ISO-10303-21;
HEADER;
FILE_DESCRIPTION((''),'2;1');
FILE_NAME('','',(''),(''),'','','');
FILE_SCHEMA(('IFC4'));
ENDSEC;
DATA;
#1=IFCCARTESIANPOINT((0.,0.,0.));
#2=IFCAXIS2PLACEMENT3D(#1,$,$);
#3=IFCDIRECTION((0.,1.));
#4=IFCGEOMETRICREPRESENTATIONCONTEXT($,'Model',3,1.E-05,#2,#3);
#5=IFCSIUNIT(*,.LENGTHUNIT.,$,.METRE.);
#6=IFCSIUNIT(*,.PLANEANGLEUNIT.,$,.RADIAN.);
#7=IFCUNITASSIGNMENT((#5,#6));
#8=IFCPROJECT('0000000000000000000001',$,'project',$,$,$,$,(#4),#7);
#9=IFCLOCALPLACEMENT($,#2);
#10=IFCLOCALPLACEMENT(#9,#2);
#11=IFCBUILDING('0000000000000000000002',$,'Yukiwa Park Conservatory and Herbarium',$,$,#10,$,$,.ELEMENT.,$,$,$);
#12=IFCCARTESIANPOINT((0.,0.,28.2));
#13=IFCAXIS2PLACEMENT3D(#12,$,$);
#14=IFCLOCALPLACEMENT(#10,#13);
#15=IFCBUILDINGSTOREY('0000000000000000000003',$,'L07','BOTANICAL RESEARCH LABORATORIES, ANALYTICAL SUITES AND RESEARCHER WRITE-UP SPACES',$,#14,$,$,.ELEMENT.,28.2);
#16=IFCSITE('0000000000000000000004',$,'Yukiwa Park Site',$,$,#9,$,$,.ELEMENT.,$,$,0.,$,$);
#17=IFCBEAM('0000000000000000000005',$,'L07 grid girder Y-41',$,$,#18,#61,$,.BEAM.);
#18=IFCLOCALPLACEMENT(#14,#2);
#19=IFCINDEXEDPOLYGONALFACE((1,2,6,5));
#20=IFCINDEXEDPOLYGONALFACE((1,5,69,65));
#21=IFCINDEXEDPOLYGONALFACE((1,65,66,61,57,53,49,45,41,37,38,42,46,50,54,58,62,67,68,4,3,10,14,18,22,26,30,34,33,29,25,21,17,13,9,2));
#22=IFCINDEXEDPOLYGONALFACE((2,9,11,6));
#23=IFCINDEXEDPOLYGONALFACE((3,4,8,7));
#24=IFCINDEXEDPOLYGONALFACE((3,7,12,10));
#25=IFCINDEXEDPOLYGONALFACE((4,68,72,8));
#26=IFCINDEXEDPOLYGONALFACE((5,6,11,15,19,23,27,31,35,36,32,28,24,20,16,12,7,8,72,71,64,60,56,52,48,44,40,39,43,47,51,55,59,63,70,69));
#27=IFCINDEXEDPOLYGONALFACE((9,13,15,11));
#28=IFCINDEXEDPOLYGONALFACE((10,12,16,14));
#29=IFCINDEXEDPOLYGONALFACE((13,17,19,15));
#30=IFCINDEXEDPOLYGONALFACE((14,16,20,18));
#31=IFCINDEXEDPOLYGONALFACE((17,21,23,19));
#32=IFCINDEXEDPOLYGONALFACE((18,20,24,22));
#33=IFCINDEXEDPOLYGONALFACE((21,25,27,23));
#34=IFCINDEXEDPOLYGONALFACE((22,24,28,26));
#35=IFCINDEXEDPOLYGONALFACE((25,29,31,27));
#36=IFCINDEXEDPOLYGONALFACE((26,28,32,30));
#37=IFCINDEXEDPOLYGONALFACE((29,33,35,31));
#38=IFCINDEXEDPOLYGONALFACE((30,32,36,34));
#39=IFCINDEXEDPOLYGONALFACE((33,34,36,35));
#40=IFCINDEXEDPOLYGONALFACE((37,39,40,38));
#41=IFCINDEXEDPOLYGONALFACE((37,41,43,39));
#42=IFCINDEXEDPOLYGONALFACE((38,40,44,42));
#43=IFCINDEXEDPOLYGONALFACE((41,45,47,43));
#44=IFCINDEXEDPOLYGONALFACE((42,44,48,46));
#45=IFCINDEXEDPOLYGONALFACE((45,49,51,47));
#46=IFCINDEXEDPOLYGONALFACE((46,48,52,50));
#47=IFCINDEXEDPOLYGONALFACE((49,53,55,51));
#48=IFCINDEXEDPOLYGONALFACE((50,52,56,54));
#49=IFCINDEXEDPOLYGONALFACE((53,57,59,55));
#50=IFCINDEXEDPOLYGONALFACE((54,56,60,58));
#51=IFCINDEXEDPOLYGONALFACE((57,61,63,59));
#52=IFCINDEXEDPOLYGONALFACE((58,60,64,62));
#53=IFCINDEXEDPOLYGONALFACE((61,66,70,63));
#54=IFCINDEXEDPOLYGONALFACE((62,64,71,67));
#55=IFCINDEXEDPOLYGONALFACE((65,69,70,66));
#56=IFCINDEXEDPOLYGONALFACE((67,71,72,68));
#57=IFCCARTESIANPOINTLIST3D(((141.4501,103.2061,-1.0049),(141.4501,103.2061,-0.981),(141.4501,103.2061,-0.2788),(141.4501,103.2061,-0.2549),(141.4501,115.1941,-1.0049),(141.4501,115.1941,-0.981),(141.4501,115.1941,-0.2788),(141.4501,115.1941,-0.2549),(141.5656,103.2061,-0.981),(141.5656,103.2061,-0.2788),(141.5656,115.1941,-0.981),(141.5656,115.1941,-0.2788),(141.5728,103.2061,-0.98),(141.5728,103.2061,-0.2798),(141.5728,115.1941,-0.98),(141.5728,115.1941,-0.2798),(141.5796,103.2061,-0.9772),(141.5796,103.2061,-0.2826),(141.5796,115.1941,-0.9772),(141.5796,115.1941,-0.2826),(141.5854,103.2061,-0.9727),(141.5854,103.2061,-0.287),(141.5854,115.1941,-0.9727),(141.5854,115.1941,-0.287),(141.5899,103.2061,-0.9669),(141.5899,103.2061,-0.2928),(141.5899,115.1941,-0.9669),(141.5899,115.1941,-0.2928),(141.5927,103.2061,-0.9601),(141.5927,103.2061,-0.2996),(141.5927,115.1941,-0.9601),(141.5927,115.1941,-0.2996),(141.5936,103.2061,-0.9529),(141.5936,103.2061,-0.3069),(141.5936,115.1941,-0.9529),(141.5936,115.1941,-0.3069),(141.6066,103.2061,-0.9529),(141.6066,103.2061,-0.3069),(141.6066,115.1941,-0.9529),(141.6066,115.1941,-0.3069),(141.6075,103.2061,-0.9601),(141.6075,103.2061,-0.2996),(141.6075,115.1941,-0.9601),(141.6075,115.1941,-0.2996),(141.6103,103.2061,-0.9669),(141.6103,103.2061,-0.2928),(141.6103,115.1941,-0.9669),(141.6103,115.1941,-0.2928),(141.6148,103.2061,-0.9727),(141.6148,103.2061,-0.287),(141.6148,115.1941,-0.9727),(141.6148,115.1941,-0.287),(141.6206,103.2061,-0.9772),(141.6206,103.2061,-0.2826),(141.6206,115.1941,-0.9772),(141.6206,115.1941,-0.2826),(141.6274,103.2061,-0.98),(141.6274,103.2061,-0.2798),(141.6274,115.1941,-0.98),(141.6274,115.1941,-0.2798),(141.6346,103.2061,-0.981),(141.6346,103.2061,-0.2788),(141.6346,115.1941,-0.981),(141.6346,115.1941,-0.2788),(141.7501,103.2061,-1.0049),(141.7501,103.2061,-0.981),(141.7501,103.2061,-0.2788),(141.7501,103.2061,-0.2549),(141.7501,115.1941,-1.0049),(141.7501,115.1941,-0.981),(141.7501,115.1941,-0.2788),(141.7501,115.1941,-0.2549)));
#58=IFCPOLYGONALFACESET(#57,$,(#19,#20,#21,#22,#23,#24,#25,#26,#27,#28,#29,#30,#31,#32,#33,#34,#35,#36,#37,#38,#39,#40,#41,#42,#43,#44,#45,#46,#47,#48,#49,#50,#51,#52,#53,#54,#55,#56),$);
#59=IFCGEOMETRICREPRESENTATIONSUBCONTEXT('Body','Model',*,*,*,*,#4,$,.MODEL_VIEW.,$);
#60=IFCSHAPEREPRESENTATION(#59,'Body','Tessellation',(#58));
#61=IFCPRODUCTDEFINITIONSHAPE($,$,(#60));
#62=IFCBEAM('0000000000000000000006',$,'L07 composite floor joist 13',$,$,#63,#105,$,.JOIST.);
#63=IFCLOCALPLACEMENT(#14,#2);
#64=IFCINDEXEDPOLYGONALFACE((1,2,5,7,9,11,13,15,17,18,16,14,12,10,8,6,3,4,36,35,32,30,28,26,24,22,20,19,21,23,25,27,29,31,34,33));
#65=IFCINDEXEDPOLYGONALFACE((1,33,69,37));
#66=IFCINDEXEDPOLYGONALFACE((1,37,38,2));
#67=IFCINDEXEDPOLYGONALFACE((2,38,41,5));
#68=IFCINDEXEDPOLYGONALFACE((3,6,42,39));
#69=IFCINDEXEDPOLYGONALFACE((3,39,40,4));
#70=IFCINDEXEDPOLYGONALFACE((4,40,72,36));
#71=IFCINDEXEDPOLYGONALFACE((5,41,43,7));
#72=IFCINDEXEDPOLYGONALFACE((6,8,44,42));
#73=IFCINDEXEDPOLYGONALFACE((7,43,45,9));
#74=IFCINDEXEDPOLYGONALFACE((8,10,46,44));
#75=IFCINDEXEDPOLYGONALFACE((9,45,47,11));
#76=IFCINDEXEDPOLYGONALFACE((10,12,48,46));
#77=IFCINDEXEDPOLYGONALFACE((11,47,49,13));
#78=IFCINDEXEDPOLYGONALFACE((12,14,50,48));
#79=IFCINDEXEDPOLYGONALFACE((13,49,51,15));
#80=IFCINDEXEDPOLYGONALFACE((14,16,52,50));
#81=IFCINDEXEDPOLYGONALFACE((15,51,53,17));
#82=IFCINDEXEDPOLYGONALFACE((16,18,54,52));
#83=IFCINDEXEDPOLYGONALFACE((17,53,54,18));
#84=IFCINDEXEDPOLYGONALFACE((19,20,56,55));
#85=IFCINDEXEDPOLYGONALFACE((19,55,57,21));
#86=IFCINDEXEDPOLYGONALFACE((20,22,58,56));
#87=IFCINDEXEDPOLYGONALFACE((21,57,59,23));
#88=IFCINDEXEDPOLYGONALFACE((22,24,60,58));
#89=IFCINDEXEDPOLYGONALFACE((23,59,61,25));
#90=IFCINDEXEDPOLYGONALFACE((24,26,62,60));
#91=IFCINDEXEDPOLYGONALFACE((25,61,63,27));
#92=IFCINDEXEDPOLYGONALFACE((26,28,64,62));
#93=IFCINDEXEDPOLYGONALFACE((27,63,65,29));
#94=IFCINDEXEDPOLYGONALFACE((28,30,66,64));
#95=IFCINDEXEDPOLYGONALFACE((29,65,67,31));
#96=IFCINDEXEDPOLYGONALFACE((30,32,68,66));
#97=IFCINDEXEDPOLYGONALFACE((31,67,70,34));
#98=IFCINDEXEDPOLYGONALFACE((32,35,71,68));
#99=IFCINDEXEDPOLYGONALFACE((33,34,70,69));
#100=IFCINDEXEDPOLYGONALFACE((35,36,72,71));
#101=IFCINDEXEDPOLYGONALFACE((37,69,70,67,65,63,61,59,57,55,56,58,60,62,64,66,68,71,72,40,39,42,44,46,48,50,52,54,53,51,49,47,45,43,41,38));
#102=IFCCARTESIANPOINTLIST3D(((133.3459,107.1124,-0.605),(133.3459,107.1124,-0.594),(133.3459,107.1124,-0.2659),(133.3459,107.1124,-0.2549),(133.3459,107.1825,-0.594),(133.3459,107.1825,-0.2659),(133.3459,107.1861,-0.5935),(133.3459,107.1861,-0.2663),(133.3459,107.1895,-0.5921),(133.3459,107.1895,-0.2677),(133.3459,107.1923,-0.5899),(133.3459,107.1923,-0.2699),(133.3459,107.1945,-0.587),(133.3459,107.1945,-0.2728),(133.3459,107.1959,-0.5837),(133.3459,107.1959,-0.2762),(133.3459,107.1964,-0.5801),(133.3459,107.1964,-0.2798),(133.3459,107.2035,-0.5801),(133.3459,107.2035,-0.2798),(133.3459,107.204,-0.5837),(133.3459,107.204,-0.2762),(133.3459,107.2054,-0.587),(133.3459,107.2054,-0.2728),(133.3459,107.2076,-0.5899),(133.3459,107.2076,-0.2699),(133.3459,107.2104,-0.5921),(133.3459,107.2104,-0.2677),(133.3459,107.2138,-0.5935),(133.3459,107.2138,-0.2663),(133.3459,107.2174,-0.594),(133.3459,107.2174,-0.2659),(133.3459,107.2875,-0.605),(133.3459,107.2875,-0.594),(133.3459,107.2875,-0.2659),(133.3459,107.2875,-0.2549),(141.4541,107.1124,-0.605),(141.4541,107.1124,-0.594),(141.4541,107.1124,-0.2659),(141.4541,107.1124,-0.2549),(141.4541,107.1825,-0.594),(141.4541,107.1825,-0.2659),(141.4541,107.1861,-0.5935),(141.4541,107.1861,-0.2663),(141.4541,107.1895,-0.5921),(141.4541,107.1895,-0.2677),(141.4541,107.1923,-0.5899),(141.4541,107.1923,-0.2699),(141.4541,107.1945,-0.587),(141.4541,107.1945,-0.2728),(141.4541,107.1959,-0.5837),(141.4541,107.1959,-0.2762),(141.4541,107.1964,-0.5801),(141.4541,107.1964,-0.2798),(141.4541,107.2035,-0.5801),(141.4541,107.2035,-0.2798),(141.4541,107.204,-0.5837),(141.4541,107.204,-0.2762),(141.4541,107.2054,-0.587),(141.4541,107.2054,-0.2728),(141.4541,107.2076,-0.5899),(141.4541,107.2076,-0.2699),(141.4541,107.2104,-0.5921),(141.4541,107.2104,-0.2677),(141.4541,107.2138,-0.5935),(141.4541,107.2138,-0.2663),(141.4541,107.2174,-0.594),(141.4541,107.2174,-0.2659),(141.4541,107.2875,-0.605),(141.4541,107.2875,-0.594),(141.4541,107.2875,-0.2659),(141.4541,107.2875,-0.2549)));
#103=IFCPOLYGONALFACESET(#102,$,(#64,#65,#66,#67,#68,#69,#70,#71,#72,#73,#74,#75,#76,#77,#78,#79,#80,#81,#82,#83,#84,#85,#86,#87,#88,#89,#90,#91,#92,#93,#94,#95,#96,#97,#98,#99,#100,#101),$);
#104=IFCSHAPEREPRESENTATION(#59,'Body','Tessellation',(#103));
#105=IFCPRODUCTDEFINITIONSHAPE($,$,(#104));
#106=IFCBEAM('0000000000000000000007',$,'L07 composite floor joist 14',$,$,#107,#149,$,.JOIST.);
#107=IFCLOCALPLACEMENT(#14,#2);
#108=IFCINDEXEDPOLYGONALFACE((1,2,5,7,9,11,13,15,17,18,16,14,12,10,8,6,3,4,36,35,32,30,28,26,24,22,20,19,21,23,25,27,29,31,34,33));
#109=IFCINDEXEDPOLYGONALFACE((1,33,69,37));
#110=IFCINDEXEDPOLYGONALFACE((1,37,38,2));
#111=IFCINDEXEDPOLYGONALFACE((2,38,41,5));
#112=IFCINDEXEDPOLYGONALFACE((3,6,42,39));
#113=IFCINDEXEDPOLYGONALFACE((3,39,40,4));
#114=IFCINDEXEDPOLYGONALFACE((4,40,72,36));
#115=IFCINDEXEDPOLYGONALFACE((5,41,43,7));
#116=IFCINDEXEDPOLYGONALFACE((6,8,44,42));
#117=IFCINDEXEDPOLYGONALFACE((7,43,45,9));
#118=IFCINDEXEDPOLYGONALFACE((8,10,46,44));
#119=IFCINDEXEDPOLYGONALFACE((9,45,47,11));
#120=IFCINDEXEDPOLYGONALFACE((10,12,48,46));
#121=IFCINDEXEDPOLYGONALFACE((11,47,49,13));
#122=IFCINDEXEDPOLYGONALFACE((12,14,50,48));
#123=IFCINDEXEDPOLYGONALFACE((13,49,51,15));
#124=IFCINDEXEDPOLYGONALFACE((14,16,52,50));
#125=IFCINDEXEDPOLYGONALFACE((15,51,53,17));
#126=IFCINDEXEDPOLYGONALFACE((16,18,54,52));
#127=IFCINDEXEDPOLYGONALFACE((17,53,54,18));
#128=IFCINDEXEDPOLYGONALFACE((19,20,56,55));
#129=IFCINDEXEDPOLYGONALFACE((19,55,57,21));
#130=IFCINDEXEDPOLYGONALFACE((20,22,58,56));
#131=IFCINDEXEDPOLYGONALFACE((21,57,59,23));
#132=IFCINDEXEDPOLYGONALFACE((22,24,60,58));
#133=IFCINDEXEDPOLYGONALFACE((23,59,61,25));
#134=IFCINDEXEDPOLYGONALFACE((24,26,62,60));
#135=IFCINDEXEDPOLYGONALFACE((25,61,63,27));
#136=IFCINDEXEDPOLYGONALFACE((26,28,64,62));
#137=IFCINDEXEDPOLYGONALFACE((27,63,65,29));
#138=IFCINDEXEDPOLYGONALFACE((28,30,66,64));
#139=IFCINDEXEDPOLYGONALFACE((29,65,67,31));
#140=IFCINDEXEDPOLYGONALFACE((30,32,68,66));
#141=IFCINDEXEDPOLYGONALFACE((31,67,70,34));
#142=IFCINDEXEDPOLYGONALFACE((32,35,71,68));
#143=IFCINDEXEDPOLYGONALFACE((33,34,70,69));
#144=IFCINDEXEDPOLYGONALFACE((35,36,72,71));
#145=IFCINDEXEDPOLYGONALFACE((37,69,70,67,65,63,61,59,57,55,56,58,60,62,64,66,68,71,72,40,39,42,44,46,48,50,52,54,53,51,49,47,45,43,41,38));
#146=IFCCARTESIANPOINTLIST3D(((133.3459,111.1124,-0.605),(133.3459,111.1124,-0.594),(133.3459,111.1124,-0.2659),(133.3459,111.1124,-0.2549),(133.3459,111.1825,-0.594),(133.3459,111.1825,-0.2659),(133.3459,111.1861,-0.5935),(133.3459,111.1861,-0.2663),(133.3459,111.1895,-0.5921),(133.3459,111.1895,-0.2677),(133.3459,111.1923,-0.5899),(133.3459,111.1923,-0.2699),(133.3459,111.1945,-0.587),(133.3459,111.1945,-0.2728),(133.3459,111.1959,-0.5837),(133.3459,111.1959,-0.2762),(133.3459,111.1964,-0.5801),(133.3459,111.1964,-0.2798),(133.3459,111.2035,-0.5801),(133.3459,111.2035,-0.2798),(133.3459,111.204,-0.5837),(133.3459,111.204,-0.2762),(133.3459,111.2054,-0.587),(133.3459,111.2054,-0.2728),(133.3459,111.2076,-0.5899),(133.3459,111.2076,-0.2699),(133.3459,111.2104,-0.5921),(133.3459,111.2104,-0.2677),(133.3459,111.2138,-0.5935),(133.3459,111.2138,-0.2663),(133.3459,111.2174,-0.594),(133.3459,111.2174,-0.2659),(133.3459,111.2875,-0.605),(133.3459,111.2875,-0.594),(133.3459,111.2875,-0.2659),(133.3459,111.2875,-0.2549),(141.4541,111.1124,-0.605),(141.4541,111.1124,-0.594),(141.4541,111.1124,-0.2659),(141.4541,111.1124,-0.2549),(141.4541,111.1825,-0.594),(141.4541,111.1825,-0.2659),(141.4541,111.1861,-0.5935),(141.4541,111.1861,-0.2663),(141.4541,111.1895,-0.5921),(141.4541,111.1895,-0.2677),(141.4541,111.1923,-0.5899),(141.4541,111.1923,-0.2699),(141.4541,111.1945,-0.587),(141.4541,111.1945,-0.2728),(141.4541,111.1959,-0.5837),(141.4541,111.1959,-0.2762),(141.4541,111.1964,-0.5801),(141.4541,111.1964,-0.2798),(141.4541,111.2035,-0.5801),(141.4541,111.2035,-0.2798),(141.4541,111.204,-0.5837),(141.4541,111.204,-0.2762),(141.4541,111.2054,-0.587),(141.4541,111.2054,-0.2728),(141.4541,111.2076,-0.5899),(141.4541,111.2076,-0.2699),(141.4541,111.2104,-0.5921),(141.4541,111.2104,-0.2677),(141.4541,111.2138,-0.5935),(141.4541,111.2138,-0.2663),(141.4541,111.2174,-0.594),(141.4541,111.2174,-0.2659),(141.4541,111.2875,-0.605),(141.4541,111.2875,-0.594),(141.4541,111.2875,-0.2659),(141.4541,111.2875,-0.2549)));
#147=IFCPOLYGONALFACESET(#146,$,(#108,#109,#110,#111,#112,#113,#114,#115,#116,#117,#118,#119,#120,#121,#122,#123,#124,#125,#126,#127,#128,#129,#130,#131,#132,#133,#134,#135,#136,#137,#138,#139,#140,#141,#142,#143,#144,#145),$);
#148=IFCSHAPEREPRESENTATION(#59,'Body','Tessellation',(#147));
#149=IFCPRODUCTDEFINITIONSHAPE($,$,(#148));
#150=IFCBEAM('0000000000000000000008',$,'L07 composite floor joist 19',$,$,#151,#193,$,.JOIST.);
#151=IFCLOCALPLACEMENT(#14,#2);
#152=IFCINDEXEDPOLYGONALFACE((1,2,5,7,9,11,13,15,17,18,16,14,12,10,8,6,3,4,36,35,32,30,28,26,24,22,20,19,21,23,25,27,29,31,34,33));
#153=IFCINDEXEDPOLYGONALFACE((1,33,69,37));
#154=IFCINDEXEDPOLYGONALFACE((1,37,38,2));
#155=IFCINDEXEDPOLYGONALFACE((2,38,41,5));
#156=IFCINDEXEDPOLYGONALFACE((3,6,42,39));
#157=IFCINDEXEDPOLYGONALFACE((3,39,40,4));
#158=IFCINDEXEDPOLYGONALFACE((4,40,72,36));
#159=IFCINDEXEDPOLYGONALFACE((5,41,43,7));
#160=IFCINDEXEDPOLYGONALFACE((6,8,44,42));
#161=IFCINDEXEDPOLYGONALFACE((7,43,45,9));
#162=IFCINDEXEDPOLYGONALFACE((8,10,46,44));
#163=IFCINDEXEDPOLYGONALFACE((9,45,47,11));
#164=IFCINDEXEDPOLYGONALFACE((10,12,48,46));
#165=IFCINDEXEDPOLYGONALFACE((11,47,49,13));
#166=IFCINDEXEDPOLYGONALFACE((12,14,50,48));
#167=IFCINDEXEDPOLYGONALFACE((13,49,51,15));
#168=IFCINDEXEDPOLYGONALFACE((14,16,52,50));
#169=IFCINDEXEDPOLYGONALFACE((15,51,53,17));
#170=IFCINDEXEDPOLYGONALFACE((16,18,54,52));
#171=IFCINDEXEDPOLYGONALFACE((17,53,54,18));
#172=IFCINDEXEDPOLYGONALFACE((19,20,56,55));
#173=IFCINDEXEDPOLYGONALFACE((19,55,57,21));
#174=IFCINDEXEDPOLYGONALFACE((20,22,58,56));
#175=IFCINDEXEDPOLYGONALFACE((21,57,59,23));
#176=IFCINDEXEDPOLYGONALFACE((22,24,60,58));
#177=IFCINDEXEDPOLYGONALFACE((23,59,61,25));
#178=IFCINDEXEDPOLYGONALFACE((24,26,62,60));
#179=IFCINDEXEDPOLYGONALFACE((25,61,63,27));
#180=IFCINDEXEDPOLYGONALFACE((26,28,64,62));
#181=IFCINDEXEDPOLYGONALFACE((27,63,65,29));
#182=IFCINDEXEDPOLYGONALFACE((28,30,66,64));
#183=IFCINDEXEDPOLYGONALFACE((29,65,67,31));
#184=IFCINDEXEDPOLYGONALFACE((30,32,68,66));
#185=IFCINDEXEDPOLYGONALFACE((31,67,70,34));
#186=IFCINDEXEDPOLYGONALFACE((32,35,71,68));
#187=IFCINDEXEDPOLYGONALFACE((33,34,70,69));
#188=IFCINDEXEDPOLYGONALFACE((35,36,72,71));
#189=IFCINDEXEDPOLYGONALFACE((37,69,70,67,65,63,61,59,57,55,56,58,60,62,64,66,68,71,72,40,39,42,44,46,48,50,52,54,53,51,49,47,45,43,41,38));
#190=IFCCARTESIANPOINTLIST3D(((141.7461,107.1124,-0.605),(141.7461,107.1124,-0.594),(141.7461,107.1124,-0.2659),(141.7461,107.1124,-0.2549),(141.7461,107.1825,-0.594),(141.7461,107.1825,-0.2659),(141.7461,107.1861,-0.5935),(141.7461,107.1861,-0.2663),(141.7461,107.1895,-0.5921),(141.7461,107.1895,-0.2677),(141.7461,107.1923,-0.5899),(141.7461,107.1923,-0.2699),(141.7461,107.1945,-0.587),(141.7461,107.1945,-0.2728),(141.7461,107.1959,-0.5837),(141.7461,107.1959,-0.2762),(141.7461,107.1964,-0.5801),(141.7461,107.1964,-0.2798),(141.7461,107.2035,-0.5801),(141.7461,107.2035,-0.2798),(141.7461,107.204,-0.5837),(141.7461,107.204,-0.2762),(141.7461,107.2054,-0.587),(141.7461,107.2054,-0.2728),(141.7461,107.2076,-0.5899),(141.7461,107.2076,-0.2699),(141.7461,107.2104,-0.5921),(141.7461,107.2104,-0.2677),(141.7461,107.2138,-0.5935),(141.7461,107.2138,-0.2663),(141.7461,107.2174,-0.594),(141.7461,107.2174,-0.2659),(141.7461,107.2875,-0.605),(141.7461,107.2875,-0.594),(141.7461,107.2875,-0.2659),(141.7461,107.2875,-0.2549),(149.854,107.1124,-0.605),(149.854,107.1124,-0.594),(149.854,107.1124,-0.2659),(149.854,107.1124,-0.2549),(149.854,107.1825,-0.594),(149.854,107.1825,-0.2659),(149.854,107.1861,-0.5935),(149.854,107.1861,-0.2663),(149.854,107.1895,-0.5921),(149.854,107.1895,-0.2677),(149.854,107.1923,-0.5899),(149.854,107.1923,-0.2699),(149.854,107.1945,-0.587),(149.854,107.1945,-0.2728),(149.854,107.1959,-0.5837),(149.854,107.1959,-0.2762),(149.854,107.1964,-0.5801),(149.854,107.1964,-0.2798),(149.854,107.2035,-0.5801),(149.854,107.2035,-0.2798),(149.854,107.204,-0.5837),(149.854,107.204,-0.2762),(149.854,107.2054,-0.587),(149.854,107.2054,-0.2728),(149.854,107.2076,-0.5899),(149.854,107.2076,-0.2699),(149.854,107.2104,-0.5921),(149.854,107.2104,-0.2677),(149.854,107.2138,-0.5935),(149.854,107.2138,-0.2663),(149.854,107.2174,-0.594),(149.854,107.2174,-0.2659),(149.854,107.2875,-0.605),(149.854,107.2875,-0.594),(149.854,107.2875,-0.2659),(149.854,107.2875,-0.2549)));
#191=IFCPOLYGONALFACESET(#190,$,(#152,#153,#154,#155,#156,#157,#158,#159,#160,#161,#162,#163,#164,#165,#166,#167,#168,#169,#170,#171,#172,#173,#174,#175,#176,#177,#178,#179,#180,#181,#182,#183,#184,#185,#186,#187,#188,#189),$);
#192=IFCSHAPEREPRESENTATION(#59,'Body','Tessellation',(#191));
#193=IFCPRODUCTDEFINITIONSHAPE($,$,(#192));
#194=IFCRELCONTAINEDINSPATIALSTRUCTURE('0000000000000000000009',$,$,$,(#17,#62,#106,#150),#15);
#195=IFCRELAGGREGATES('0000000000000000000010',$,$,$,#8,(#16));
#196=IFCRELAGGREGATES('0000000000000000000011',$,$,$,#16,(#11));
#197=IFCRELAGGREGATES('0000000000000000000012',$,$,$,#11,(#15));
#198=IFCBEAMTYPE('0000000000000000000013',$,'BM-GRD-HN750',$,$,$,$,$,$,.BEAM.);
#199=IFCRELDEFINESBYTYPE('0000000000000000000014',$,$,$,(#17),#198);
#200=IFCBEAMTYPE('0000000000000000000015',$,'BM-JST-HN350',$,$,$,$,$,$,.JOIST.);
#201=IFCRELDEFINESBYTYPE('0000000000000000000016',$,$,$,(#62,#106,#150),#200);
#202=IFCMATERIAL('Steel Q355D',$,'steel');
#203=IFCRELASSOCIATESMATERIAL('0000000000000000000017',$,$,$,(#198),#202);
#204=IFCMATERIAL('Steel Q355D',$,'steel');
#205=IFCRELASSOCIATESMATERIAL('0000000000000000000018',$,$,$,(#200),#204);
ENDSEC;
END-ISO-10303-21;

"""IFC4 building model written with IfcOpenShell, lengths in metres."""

from ifc_helpers import new_model, si_unit, direction, frame, origin, origin_2d, place, context, subcontext, project, spatial, i_section, extrude, material, material_profile, profile_set, type_object, element, save


model = new_model("IFC4")

# Units and contexts
model_context = context("Model", 3, precision=1e-05, world=origin(), true_north=direction((0.0, 1.0)))
body_context = subcontext(model_context, "Body", "Model", "MODEL_VIEW")
ifc_project = project(units=[si_unit("LENGTHUNIT", "METRE"), si_unit("PLANEANGLEUNIT", "RADIAN")], contexts=[model_context])

# Site, building, storey
site_placement = place(None, origin())
site = spatial("IfcSite", under=ifc_project, at=site_placement, Name="Yukiwa Park Site", CompositionType="ELEMENT", RefElevation=0.0)
building_placement = place(site_placement, origin())
building = spatial("IfcBuilding", under=site, at=building_placement, Name="Yukiwa Park Conservatory and Herbarium", CompositionType="ELEMENT")
storey_placement = place(building_placement, frame((0.0, 0.0, 28.2)))
storey = spatial("IfcBuildingStorey", under=building, at=storey_placement, Name="L07", Description="BOTANICAL RESEARCH LABORATORIES, ANALYTICAL SUITES AND RESEARCHER WRITE-UP SPACES", CompositionType="ELEMENT", Elevation=28.2)

# Beams
ifc_material_1 = material(Name="Steel Q355D", Category="steel")
ifc_material_profile_1 = material_profile(ifc_material_1, i_section(OverallWidth=0.3, OverallDepth=0.75, WebThickness=0.0129, FlangeThickness=0.0239, FilletRadius=0.0281, at=origin_2d()), Name="HN 750x300x13x24")
ifc_profile_set_1 = profile_set([ifc_material_profile_1], Name="Steel Q355D")
beam_type_1 = type_object("IfcBeamType", Name="BM-GRD-HN750", PredefinedType="BEAM", material=ifc_profile_set_1)
for number, where, z_axis, x_axis, name in (
    (1, (141.6001, 103.2061, -0.6299), (0.0, 1.0, 0.0), (-1.0, 0.0, 0.0), "L07 grid girder Y-41"),
):
    element("IfcBeam", number, at=place(storey_placement, frame(where, z_axis=z_axis, x_axis=x_axis)), inside=storey, type_object=beam_type_1, Name=name, PredefinedType="BEAM", context=body_context, shape_type="SweptSolid", body=[
        extrude(i_section(OverallWidth=0.3, OverallDepth=0.75, WebThickness=0.0129, FlangeThickness=0.0239, FilletRadius=0.0281, at=origin_2d()), origin(), (0.0, 0.0, 1.0), 11.988),
    ])
ifc_material_2 = material(Name="Steel Q355D", Category="steel")
ifc_material_profile_2 = material_profile(ifc_material_2, i_section(OverallWidth=0.175, OverallDepth=0.3501, WebThickness=0.0071, FlangeThickness=0.011, FilletRadius=0.0139, at=origin_2d()), Name="HN 350x175x7x11")
ifc_profile_set_2 = profile_set([ifc_material_profile_2], Name="Steel Q355D")
beam_type_2 = type_object("IfcBeamType", Name="BM-JST-HN350", PredefinedType="JOIST", material=ifc_profile_set_2)
for number, where, z_axis, x_axis, name in (
    (2, (133.3459, 107.2, -0.4299), (1.0, 0.0, 0.0), (0.0, 1.0, 0.0), "L07 composite floor joist 13"),
    (3, (133.3459, 111.2, -0.4299), (1.0, 0.0, 0.0), (0.0, 1.0, 0.0), "L07 composite floor joist 14"),
):
    element("IfcBeam", number, at=place(storey_placement, frame(where, z_axis=z_axis, x_axis=x_axis)), inside=storey, type_object=beam_type_2, Name=name, PredefinedType="JOIST", context=body_context, shape_type="SweptSolid", body=[
        extrude(i_section(OverallWidth=0.175, OverallDepth=0.3501, WebThickness=0.0071, FlangeThickness=0.011, FilletRadius=0.0139, at=origin_2d()), origin(), (0.0, 0.0, 1.0), 8.1082),
    ])
for number, where, z_axis, x_axis, name in (
    (4, (141.7461, 107.2, -0.4299), (1.0, 0.0, 0.0), (0.0, 1.0, 0.0), "L07 composite floor joist 19"),
):
    element("IfcBeam", number, at=place(storey_placement, frame(where, z_axis=z_axis, x_axis=x_axis)), inside=storey, type_object=beam_type_2, Name=name, PredefinedType="JOIST", context=body_context, shape_type="SweptSolid", body=[
        extrude(i_section(OverallWidth=0.175, OverallDepth=0.3501, WebThickness=0.0071, FlangeThickness=0.011, FilletRadius=0.0139, at=origin_2d()), origin(), (0.0, 0.0, 1.0), 8.1079),
    ])

save(model, "model.ifc")
